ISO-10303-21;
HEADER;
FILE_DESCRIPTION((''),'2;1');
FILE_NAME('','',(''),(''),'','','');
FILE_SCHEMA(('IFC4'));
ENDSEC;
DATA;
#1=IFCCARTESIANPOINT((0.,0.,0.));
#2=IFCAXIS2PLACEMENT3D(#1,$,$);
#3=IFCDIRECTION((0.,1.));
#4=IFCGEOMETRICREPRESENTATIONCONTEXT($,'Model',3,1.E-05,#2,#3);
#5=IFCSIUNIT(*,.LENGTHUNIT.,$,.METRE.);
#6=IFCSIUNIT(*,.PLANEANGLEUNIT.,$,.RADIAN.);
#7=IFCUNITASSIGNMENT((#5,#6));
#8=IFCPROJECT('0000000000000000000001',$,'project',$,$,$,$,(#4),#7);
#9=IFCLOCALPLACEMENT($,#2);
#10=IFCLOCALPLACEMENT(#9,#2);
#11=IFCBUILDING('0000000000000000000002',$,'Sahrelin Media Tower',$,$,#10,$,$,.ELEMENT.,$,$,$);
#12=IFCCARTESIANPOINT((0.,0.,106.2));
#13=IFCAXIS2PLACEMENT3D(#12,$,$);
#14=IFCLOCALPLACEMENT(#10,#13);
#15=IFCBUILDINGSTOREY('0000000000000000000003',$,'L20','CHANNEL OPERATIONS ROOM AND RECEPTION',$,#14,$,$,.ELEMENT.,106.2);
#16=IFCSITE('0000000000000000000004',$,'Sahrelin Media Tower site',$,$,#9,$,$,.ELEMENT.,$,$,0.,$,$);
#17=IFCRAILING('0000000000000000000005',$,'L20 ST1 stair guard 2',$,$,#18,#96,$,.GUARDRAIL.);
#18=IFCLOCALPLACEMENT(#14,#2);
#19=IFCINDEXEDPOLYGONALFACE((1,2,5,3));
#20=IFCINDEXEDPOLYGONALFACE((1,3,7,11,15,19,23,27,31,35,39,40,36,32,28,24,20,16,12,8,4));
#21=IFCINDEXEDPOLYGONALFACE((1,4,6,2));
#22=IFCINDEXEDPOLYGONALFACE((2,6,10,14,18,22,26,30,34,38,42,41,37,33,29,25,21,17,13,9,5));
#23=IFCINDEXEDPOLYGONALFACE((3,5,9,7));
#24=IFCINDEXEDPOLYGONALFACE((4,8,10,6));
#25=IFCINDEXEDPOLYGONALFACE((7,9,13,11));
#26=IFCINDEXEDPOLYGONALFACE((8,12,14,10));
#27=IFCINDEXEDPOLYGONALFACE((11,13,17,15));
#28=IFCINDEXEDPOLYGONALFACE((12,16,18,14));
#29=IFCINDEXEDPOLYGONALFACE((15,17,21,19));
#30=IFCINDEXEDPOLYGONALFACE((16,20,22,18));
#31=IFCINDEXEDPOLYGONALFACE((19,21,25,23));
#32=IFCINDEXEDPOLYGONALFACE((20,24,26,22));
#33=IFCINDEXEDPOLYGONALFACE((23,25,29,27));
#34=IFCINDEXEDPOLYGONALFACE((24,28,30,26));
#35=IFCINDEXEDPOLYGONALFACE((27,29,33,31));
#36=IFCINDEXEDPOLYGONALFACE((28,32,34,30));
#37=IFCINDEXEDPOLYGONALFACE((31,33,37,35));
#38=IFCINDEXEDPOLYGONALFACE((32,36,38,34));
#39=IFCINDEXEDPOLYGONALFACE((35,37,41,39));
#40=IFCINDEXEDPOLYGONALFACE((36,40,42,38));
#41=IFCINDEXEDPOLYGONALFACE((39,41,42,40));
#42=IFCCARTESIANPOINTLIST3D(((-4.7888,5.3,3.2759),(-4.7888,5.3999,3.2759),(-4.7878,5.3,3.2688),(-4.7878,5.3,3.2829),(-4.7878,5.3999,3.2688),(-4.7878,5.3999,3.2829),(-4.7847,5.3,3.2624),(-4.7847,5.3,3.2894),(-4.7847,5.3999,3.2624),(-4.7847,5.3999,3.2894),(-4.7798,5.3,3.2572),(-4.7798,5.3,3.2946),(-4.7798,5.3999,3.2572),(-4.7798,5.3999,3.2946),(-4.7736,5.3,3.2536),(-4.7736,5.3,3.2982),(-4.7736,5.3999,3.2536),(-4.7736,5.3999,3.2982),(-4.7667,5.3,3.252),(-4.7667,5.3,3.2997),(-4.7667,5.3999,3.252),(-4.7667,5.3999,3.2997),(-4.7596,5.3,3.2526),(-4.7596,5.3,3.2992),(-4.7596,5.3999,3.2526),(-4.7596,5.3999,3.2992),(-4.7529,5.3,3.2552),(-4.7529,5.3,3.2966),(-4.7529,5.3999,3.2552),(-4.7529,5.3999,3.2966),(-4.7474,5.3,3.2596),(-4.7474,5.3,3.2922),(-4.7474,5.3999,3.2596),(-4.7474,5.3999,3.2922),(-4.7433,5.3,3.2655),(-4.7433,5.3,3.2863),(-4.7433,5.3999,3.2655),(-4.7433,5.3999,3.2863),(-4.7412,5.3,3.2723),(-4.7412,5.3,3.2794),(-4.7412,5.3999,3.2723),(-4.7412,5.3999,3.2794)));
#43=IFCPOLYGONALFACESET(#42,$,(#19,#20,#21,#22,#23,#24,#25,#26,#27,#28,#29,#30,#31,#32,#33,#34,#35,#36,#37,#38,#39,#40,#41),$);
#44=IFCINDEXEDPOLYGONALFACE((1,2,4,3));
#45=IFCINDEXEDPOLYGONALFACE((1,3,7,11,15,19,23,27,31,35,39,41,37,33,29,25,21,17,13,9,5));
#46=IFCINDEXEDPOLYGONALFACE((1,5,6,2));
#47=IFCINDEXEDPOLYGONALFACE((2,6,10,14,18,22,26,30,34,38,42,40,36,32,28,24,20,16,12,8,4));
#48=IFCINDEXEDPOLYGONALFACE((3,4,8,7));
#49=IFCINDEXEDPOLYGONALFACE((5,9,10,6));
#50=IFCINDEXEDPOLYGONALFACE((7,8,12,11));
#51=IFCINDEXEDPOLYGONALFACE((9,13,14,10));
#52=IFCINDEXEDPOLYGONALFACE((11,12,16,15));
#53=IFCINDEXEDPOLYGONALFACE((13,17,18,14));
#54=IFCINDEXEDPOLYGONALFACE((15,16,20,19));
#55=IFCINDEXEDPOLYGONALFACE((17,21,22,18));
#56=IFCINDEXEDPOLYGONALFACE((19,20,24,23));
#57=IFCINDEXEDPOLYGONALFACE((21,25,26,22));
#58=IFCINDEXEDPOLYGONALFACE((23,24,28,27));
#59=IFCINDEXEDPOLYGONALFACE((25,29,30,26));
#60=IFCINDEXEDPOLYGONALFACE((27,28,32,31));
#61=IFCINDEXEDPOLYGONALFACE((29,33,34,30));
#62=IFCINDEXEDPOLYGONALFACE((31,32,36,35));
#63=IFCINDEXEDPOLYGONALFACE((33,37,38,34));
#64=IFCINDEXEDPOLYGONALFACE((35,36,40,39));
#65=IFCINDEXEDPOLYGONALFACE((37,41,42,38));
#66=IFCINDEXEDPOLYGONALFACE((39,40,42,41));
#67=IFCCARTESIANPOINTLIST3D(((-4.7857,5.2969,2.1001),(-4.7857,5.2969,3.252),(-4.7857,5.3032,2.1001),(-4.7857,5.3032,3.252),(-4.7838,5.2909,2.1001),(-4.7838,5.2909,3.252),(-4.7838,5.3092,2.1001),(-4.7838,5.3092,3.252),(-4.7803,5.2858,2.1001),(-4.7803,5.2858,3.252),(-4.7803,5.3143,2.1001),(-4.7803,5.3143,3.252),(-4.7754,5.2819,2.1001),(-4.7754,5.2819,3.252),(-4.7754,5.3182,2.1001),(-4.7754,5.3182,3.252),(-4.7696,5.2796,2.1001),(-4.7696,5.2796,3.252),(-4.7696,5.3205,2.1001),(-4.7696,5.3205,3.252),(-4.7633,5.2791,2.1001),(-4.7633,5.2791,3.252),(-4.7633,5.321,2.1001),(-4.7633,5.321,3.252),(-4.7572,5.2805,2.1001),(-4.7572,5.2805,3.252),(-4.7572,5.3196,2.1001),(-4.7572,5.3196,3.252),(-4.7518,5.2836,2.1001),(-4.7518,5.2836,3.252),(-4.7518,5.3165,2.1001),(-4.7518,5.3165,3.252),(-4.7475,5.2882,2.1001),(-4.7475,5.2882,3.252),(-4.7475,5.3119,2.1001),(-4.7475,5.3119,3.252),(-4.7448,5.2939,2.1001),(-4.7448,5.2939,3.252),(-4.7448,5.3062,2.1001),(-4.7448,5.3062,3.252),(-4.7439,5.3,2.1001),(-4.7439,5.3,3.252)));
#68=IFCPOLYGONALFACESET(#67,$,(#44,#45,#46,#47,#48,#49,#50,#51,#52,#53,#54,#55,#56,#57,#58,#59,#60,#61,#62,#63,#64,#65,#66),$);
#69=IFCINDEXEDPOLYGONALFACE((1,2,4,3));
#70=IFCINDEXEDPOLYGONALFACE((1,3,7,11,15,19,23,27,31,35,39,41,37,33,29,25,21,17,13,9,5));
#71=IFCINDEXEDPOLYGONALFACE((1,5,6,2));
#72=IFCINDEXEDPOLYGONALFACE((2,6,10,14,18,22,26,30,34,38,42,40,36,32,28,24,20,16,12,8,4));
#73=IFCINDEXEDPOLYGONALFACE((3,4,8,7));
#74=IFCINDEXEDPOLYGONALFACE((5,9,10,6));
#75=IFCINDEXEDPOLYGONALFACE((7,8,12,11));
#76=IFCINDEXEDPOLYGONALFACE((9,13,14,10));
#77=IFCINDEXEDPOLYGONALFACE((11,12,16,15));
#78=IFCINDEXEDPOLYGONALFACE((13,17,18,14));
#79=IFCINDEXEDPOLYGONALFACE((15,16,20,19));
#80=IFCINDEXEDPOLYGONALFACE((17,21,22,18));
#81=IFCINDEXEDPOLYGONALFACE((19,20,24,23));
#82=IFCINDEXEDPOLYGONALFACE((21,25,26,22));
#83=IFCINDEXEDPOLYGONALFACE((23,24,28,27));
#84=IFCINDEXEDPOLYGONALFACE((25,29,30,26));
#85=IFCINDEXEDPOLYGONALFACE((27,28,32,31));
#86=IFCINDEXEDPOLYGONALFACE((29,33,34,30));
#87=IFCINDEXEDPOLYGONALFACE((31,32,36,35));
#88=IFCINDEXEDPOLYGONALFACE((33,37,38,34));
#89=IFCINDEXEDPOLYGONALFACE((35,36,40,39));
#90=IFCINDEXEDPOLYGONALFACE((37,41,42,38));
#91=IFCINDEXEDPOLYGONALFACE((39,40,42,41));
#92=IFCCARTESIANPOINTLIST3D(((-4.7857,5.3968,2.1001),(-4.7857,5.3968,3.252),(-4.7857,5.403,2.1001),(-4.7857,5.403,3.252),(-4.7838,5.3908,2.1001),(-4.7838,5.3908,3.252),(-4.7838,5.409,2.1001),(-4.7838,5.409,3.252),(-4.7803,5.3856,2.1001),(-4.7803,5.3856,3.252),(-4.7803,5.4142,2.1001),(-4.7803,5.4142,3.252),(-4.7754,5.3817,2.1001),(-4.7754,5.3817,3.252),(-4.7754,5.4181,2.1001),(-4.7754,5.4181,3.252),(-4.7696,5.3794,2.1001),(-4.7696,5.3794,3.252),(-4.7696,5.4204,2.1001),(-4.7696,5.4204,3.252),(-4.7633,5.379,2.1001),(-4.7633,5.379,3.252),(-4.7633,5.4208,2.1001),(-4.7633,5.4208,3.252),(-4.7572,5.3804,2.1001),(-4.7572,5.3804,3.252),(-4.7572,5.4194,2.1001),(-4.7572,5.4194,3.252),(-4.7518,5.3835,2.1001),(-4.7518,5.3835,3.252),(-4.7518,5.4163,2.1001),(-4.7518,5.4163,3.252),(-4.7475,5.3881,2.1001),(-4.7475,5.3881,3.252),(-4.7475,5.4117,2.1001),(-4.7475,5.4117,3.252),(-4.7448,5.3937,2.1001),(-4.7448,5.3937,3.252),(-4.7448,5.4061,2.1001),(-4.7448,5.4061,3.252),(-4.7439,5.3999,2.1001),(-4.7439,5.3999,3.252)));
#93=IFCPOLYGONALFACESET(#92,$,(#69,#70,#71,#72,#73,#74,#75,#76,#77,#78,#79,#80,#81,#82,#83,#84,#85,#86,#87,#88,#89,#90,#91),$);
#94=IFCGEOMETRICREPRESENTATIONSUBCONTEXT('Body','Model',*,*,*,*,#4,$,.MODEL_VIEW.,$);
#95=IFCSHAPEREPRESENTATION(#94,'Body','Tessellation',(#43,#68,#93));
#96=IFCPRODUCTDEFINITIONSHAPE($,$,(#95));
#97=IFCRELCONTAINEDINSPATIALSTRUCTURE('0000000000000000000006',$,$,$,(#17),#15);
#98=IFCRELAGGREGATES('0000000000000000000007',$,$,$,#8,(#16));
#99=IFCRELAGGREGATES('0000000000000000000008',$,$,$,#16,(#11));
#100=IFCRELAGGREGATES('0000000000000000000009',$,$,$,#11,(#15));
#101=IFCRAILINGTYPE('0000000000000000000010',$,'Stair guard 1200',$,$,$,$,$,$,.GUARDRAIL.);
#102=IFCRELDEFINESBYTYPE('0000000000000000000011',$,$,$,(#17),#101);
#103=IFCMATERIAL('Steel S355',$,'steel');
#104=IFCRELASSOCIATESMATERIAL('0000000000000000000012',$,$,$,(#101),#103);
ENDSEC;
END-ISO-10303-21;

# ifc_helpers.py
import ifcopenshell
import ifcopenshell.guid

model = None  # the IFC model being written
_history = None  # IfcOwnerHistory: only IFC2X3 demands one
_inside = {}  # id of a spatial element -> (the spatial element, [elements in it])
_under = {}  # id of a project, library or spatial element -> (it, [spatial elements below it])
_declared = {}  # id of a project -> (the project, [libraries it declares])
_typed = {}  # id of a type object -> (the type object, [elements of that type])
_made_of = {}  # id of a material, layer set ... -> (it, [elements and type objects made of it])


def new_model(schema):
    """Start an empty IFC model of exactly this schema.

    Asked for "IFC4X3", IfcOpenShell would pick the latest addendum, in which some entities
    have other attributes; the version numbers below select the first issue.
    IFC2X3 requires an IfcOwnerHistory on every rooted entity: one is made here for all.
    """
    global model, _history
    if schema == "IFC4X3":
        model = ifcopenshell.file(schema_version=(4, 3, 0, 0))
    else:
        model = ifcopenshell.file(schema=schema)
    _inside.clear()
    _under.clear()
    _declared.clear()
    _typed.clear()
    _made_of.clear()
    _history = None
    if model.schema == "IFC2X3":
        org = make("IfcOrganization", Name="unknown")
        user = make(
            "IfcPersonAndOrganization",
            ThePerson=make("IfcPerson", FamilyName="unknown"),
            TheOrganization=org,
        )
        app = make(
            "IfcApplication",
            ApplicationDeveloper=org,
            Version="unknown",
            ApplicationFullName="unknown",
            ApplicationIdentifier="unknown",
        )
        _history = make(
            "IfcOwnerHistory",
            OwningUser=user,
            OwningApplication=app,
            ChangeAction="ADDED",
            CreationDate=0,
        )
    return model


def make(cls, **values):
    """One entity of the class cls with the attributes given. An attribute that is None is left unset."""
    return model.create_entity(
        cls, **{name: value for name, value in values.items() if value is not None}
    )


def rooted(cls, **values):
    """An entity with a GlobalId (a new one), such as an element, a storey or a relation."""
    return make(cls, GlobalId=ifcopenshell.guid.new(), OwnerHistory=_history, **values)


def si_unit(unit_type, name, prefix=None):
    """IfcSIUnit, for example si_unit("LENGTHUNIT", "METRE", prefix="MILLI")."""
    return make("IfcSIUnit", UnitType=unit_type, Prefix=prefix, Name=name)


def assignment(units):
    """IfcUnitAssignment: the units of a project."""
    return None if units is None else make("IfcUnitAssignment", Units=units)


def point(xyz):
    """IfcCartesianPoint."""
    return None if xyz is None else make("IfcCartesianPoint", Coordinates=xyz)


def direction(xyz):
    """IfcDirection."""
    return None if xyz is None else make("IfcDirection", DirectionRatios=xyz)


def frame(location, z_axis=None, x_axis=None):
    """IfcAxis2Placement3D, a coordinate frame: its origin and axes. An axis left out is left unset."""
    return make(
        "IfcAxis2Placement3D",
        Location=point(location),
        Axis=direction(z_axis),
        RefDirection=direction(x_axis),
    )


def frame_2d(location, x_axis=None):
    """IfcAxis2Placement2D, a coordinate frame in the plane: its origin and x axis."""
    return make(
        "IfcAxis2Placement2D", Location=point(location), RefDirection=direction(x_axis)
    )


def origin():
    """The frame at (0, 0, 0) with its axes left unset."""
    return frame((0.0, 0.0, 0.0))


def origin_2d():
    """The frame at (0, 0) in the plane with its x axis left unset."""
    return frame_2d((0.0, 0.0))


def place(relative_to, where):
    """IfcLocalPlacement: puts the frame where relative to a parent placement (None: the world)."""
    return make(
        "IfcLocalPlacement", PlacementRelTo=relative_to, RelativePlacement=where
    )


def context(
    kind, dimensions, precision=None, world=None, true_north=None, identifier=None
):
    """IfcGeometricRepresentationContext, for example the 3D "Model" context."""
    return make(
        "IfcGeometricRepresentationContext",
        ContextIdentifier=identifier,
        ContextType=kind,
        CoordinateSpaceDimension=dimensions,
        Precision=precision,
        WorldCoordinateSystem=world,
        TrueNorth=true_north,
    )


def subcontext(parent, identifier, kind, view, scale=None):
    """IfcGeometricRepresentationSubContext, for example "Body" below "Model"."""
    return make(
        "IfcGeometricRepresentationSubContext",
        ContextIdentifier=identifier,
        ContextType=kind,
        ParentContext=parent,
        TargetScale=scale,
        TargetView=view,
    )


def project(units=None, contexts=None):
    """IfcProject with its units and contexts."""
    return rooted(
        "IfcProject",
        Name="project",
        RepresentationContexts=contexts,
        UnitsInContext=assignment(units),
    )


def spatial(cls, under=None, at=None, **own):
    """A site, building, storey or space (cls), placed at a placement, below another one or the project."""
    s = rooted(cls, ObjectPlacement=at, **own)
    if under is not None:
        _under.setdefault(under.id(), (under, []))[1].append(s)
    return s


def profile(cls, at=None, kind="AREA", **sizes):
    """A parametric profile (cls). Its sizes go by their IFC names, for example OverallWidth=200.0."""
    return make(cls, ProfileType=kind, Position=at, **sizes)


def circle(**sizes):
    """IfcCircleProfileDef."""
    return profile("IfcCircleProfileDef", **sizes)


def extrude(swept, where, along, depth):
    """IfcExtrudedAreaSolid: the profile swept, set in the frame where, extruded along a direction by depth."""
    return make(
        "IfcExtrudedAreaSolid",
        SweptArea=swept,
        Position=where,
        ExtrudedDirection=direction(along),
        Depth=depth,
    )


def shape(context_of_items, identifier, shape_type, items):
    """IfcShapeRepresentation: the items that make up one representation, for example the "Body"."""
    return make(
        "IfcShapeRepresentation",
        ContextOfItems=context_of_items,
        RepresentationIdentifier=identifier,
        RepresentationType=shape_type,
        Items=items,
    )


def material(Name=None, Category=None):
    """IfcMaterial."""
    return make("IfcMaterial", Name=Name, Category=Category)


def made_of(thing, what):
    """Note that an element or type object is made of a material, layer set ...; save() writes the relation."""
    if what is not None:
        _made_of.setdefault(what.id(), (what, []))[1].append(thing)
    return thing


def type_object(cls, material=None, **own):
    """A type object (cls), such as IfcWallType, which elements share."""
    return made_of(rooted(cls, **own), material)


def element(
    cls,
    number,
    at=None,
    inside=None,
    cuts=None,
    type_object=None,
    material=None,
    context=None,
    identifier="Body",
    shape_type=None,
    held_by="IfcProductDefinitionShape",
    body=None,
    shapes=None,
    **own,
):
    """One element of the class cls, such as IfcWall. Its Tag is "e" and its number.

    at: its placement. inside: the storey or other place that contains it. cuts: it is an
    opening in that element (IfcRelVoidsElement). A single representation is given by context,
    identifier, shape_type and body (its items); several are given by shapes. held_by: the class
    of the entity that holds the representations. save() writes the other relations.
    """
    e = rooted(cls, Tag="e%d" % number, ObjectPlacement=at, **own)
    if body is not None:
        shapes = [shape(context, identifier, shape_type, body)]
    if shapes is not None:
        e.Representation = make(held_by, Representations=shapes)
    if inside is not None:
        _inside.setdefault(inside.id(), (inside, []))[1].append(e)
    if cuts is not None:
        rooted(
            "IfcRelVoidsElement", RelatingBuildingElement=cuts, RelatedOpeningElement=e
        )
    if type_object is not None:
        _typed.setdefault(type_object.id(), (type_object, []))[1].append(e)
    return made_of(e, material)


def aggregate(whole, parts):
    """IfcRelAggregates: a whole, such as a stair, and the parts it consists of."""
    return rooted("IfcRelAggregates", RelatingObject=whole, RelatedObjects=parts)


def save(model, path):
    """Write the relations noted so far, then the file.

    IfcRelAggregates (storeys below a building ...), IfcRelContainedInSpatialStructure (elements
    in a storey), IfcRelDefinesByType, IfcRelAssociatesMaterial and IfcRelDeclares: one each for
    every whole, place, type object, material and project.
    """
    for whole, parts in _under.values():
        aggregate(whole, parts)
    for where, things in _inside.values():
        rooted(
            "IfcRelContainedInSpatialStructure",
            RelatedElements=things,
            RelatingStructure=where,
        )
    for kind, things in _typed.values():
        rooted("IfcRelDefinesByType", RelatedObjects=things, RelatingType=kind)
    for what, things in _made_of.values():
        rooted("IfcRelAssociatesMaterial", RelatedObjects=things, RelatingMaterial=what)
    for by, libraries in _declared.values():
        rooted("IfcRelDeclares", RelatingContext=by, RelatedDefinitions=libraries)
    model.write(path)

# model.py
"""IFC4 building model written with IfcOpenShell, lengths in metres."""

from ifc_helpers import new_model, si_unit, direction, frame, origin, origin_2d, place, context, subcontext, project, spatial, circle, extrude, material, type_object, element, save


model = new_model("IFC4")

# Units and contexts
model_context = context("Model", 3, precision=1e-05, world=origin(), true_north=direction((0.0, 1.0)))
body_context = subcontext(model_context, "Body", "Model", "MODEL_VIEW")
ifc_project = project(units=[si_unit("LENGTHUNIT", "METRE"), si_unit("PLANEANGLEUNIT", "RADIAN")], contexts=[model_context])

# Site, building, storey
site_placement = place(None, origin())
site = spatial("IfcSite", under=ifc_project, at=site_placement, Name="Sahrelin Media Tower site", CompositionType="ELEMENT", RefElevation=0.0)
building_placement = place(site_placement, origin())
building = spatial("IfcBuilding", under=site, at=building_placement, Name="Sahrelin Media Tower", CompositionType="ELEMENT")
storey_placement = place(building_placement, frame((0.0, 0.0, 106.2)))
storey = spatial("IfcBuildingStorey", under=building, at=storey_placement, Name="L20", Description="CHANNEL OPERATIONS ROOM AND RECEPTION", CompositionType="ELEMENT", Elevation=106.2)

# Shared definitions
ifc_material_1 = material(Name="Steel S355", Category="steel")

# Railing
railing_type_1 = type_object("IfcRailingType", Name="Stair guard 1200", PredefinedType="GUARDRAIL", material=ifc_material_1)
railing_1_placement = place(storey_placement, frame((-4.7649, 5.3, 2.1001)))
element("IfcRailing", 1, at=railing_1_placement, inside=storey, type_object=railing_type_1, Name="L20 ST1 stair guard 2", PredefinedType="GUARDRAIL", context=body_context, shape_type="SweptSolid", body=[
    extrude(circle(Radius=0.0239, at=origin_2d()), frame((0.0, 0.0, 1.1758), z_axis=(0.0, 1.0, 0.0), x_axis=(-1.0, 0.0, 0.0)), (0.0, 0.0, 1.0), 0.0999),
    extrude(circle(Radius=0.021, at=origin_2d()), origin(), (0.0, 0.0, 1.0), 1.1519),
    extrude(circle(Radius=0.021, at=origin_2d()), frame((0.0, 0.0999, 0.0)), (0.0, 0.0, 1.0), 1.1519),
])

save(model, "model.ifc")
